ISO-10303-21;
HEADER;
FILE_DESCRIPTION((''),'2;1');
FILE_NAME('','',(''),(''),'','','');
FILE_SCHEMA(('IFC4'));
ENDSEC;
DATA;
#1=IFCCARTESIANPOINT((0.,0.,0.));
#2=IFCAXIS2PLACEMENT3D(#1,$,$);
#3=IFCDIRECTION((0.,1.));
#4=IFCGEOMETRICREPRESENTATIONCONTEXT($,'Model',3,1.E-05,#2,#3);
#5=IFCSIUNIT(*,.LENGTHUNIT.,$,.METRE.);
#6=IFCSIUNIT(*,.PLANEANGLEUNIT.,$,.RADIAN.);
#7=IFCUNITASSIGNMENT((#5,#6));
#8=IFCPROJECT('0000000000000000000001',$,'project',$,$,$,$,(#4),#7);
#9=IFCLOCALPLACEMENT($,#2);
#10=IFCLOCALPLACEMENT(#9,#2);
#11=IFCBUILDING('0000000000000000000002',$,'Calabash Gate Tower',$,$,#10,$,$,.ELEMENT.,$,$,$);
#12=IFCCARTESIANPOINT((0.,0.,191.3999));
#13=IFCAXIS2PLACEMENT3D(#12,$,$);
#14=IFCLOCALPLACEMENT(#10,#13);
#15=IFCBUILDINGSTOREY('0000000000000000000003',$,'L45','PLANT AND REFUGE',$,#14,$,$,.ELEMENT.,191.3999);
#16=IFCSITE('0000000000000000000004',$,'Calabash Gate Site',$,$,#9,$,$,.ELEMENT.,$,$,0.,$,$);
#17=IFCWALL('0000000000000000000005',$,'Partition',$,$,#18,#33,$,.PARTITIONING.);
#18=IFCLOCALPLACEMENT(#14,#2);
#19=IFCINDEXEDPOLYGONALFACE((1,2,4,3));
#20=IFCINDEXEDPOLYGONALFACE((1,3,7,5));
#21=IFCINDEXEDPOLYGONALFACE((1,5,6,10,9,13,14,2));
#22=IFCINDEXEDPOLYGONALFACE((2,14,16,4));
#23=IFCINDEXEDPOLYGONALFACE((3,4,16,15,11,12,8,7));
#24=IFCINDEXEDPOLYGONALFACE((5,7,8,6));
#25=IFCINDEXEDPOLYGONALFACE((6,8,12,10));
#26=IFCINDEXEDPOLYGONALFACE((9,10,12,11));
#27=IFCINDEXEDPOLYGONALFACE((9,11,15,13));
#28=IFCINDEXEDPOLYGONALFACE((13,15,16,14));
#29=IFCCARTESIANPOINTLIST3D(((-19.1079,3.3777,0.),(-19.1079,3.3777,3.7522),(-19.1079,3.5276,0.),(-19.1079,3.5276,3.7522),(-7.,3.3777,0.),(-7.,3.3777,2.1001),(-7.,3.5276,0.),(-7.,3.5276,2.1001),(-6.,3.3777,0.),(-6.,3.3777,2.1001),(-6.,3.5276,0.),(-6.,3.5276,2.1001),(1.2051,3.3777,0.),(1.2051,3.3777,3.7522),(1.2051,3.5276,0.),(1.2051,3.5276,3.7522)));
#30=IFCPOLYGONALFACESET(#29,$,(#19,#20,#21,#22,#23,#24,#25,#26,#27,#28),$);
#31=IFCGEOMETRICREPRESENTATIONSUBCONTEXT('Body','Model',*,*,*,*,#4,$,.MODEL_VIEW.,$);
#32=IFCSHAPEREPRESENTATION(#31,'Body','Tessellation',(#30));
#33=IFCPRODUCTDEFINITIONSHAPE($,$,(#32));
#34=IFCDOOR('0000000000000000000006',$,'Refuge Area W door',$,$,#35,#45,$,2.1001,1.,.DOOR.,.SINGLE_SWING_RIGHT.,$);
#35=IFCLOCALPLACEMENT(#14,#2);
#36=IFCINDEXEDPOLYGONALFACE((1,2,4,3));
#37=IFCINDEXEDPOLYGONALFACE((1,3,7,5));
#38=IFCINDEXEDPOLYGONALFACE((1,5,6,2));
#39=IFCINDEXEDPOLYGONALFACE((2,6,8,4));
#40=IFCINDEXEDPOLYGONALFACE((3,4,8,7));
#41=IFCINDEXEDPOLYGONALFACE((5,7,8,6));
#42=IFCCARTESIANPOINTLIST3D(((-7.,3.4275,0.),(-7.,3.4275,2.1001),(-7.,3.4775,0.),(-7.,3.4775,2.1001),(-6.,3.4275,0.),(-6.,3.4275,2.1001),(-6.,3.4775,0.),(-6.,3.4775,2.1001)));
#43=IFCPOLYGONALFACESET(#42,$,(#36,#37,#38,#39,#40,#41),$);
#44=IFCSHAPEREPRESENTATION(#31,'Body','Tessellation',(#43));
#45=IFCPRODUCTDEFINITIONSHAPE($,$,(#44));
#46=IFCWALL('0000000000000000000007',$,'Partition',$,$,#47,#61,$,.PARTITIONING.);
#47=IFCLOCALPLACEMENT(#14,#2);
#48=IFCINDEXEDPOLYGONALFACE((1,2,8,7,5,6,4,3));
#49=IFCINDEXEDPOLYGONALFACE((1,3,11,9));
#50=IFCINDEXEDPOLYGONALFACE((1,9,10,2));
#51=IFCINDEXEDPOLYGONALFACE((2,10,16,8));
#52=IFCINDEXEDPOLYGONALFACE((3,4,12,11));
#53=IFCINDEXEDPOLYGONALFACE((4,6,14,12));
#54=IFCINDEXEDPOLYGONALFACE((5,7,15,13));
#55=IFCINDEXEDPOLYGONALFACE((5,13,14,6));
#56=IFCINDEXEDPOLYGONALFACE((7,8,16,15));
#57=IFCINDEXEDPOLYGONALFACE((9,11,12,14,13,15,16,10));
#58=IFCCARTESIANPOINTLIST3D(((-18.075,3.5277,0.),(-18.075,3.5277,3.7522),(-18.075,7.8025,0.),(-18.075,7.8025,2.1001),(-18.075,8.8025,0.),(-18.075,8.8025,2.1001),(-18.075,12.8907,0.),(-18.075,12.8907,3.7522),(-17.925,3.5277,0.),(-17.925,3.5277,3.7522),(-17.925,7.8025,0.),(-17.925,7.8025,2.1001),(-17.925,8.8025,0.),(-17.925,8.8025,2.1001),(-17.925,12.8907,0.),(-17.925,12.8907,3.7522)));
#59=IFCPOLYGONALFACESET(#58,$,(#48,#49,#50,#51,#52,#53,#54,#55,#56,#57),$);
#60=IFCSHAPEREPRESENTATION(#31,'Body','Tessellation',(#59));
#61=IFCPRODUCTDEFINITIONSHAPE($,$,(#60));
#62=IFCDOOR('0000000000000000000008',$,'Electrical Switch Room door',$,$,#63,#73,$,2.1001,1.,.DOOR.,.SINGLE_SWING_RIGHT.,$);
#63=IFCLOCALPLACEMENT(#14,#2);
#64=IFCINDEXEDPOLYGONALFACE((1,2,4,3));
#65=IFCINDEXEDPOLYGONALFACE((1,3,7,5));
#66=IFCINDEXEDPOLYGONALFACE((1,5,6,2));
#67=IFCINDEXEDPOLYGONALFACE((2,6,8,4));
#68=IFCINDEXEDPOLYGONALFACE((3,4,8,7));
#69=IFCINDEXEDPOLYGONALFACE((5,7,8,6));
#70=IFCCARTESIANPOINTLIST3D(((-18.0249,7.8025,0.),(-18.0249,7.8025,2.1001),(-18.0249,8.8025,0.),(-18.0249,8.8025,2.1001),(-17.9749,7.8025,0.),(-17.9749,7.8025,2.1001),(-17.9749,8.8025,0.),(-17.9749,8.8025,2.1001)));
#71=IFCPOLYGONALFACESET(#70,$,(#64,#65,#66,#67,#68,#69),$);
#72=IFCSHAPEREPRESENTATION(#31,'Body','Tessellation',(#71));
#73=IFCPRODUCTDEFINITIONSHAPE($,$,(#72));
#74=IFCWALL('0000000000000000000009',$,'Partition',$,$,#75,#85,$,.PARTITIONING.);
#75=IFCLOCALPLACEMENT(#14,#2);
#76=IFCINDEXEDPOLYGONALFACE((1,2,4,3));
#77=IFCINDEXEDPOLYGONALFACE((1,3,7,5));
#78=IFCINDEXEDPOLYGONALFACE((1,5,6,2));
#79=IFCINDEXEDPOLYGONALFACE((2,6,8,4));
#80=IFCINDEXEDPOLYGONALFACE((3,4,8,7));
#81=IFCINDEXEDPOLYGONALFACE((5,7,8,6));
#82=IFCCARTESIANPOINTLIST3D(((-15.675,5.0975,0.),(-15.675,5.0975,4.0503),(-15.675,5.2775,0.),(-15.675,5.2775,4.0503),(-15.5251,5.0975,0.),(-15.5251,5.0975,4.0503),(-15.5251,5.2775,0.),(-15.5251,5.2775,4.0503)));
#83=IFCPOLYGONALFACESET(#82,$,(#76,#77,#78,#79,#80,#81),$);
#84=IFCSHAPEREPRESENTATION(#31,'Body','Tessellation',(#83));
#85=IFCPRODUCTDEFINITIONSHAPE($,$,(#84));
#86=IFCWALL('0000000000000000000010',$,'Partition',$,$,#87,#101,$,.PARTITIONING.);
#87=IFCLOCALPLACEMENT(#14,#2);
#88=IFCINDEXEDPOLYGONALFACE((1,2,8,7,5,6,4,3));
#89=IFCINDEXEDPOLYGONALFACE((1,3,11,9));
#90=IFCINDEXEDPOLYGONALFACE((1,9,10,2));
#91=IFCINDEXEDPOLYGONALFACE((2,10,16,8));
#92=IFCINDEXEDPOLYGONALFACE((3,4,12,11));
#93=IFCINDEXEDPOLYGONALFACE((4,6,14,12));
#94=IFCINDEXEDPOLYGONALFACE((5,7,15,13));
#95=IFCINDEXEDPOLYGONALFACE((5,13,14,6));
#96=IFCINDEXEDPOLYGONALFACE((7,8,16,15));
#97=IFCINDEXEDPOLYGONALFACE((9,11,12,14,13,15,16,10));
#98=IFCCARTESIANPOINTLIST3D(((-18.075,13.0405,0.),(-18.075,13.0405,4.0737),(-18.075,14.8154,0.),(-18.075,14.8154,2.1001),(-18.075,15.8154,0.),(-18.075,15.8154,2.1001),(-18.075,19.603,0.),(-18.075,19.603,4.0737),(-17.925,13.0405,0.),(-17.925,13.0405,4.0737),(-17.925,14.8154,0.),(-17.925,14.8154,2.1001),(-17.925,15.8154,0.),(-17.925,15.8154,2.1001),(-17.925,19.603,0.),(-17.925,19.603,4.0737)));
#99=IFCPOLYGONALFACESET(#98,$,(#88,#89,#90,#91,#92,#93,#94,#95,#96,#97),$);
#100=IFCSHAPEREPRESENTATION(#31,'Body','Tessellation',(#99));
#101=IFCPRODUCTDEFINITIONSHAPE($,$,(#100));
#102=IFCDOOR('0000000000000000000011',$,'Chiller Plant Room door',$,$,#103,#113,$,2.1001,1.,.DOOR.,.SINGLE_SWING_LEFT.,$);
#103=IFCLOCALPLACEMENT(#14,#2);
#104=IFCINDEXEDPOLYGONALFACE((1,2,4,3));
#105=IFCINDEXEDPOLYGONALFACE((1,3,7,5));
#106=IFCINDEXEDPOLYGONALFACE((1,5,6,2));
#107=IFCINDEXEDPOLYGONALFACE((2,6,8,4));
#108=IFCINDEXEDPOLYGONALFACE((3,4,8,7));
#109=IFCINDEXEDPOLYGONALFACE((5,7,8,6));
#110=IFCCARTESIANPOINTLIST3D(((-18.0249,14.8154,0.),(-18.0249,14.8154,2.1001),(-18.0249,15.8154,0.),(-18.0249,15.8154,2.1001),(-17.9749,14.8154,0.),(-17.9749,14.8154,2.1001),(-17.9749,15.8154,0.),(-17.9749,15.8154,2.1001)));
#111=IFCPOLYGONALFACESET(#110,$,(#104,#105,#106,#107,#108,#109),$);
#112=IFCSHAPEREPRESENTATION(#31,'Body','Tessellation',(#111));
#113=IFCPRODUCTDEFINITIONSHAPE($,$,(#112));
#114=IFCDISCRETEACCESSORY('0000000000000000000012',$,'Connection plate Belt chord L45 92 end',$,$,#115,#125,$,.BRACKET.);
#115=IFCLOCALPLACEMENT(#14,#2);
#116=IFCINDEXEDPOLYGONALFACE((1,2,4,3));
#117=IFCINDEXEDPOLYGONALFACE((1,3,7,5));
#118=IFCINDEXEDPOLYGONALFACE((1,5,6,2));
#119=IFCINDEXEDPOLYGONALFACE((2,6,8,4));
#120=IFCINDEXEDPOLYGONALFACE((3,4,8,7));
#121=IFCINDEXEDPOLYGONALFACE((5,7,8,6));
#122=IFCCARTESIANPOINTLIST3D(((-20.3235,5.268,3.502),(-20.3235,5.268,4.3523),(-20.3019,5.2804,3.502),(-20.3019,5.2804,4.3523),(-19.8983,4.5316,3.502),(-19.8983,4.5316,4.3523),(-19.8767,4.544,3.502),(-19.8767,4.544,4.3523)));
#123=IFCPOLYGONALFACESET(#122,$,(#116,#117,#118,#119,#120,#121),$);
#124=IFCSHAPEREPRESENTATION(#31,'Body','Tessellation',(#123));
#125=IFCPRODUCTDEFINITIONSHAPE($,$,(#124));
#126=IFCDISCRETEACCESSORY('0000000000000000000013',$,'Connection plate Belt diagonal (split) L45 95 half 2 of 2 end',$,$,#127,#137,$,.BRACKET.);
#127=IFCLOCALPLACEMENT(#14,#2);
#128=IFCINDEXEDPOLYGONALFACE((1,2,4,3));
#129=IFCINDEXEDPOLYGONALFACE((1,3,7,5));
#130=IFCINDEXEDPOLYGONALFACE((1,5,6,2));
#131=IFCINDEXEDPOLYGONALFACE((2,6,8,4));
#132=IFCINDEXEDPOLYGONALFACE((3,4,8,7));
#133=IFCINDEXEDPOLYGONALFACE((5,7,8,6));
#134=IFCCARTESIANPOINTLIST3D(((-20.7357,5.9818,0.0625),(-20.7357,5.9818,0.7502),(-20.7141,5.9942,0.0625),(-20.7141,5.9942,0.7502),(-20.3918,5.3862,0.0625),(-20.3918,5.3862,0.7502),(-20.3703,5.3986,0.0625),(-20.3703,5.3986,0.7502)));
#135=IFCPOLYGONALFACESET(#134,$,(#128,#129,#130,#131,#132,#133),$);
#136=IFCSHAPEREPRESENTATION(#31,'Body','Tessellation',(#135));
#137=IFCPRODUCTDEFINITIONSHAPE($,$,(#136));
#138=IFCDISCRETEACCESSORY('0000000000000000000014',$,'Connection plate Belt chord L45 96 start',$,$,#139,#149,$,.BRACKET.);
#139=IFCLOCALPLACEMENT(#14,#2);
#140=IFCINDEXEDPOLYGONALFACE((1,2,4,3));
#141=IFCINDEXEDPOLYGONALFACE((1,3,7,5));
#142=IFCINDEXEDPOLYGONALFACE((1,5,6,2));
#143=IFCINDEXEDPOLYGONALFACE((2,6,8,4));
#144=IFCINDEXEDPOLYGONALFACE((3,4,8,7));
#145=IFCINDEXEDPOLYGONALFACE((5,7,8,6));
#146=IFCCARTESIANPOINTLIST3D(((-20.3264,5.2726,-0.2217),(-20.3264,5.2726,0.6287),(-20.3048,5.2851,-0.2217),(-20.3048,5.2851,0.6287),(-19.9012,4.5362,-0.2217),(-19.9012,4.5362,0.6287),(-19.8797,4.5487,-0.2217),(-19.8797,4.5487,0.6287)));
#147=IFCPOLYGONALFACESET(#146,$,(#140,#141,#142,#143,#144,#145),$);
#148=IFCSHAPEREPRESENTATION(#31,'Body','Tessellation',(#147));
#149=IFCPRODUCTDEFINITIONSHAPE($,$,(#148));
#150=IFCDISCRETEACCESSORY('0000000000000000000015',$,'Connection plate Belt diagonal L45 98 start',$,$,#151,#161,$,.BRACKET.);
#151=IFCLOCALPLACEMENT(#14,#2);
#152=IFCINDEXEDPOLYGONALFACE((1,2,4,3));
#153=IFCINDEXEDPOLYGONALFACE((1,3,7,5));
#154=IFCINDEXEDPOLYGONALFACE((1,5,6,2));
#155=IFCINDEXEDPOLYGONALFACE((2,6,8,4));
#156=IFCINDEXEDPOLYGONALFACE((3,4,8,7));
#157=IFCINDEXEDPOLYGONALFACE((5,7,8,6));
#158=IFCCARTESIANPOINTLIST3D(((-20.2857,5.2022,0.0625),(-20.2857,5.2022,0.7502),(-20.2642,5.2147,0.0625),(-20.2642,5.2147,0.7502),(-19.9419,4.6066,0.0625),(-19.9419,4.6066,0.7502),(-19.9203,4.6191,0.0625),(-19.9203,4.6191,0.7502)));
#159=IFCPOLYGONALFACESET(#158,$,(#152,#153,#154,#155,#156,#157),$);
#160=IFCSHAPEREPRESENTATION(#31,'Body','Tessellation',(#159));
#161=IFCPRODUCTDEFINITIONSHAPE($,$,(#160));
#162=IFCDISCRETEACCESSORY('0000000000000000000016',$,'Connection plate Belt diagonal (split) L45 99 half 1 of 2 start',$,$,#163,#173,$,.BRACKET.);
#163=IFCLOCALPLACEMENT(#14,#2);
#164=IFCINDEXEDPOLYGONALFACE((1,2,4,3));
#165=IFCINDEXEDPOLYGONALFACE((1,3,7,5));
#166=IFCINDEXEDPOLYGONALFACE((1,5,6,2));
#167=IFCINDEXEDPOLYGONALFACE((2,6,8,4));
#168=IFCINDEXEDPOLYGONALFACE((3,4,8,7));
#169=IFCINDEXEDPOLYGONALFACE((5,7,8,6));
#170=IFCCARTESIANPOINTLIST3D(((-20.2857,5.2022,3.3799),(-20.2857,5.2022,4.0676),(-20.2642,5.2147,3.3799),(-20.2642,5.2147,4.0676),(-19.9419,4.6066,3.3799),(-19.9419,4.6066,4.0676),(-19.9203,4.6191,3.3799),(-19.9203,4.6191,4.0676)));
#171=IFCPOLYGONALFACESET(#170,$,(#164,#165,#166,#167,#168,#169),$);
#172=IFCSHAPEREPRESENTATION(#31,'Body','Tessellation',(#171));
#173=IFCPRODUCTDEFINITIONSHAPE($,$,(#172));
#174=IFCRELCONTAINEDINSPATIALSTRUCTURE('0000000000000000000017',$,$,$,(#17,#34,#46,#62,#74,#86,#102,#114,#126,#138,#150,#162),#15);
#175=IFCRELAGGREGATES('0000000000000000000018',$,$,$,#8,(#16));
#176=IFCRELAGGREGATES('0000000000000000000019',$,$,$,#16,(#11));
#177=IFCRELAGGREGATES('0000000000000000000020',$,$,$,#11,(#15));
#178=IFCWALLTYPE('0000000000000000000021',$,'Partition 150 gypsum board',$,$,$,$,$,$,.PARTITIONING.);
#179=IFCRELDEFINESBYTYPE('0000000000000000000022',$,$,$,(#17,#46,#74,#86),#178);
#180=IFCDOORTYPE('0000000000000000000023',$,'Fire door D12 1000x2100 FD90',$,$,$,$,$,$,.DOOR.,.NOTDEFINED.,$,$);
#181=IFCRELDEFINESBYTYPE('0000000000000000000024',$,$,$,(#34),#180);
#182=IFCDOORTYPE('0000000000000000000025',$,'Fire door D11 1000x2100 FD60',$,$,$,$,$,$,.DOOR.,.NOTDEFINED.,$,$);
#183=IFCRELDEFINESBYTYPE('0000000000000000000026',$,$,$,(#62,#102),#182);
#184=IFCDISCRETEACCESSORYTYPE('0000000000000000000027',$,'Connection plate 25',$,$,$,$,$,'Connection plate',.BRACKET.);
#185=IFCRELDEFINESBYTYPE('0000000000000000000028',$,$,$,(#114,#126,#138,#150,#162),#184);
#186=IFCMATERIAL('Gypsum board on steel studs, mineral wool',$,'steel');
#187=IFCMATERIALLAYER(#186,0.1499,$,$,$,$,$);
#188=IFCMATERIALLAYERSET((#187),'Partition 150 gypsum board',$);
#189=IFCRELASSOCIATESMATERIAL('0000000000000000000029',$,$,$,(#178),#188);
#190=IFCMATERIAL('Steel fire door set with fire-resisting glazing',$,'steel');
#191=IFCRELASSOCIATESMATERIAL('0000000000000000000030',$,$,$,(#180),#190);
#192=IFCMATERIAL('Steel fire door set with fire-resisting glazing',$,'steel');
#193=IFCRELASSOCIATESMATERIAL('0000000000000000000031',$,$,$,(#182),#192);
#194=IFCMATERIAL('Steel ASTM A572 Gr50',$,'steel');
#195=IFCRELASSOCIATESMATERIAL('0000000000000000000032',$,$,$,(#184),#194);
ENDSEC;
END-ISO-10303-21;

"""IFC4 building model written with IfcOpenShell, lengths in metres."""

from ifc_helpers import new_model, si_unit, direction, frame, frame_2d, origin, origin_2d, place, context, subcontext, project, spatial, rectangle, extrude, material, layer, layer_set, type_object, element, fill, save


model = new_model("IFC4")

# Units and contexts
model_context = context("Model", 3, precision=1e-05, world=origin(), true_north=direction((0.0, 1.0)))
body_context = subcontext(model_context, "Body", "Model", "MODEL_VIEW")
ifc_project = project(units=[si_unit("LENGTHUNIT", "METRE"), si_unit("PLANEANGLEUNIT", "RADIAN")], contexts=[model_context])

# Site, building, storey
site_placement = place(None, origin())
site = spatial("IfcSite", under=ifc_project, at=site_placement, Name="Calabash Gate Site", CompositionType="ELEMENT", RefElevation=0.0)
building_placement = place(site_placement, origin())
building = spatial("IfcBuilding", under=site, at=building_placement, Name="Calabash Gate Tower", CompositionType="ELEMENT")
storey_placement = place(building_placement, frame((0.0, 0.0, 191.3999)))
storey = spatial("IfcBuildingStorey", under=building, at=storey_placement, Name="L45", Description="PLANT AND REFUGE", CompositionType="ELEMENT", Elevation=191.3999)

# Walls, openings, doors
ifc_material_1 = material(Name="Gypsum board on steel studs, mineral wool", Category="steel")
ifc_layer_1 = layer(ifc_material_1, 0.1499)
ifc_layer_set_1 = layer_set([ifc_layer_1], Name="Partition 150 gypsum board")
wall_type_1 = type_object("IfcWallType", Name="Partition 150 gypsum board", PredefinedType="PARTITIONING", material=ifc_layer_set_1)
wall_1_placement = place(storey_placement, frame((-19.1079, 3.4526, 0.0), z_axis=(0.0, 0.0, 1.0), x_axis=(1.0, 0.0, 0.0)))
wall_1 = element("IfcWall", 1, at=wall_1_placement, inside=storey, type_object=wall_type_1, Name="Partition", PredefinedType="PARTITIONING", context=body_context, shape_type="SweptSolid", body=[
    extrude(rectangle(XDim=20.313, YDim=0.1499, at=frame_2d((10.1565, 0.0))), origin(), (0.0, 0.0, 1.0), 3.7522),
])
opening_1_placement = place(wall_1_placement, frame((12.1079, 0.0, 0.0)))
opening_1 = element("IfcOpeningElement", 2, at=opening_1_placement, cuts=wall_1, PredefinedType="OPENING", context=body_context, shape_type="SweptSolid", body=[
    extrude(rectangle(XDim=1.0, YDim=2.1001, at=frame_2d((0.5, 1.05))), frame((0.0, 0.085, 0.0), z_axis=(0.0, -1.0, 0.0), x_axis=(1.0, 0.0, 0.0)), (0.0, 0.0, 1.0), 0.1699),
])
ifc_material_2 = material(Name="Steel fire door set with fire-resisting glazing", Category="steel")
door_type_1 = type_object("IfcDoorType", Name="Fire door D12 1000x2100 FD90", OperationType="NOTDEFINED", PredefinedType="DOOR", material=ifc_material_2)
door_1_placement = place(opening_1_placement, origin())
door_1 = element("IfcDoor", 3, at=door_1_placement, inside=storey, type_object=door_type_1, Name="Refuge Area W door", OperationType="SINGLE_SWING_RIGHT", OverallHeight=2.1001, OverallWidth=1.0, PredefinedType="DOOR", context=body_context, shape_type="SweptSolid", body=[
    extrude(rectangle(XDim=1.0, YDim=2.1001, at=frame_2d((0.5, 1.05))), frame((0.0, 0.0249, 0.0), z_axis=(0.0, -1.0, 0.0), x_axis=(1.0, 0.0, 0.0)), (0.0, 0.0, 1.0), 0.05),
])
fill(opening_1, door_1)
wall_2_placement = place(storey_placement, frame((-18.0, 3.5276, 0.0), z_axis=(0.0, 0.0, 1.0), x_axis=(0.0, 1.0, 0.0)))
wall_2 = element("IfcWall", 4, at=wall_2_placement, inside=storey, type_object=wall_type_1, Name="Partition", PredefinedType="PARTITIONING", context=body_context, shape_type="SweptSolid", body=[
    extrude(rectangle(XDim=9.363, YDim=0.1499, at=frame_2d((4.6816, 0.0))), origin(), (0.0, 0.0, 1.0), 3.7522),
])
opening_2_placement = place(wall_2_placement, frame((4.2749, 0.0, 0.0)))
opening_2 = element("IfcOpeningElement", 5, at=opening_2_placement, cuts=wall_2, PredefinedType="OPENING", context=body_context, shape_type="SweptSolid", body=[
    extrude(rectangle(XDim=1.0, YDim=2.1001, at=frame_2d((0.5, 1.05))), frame((0.0, 0.085, 0.0), z_axis=(0.0, -1.0, 0.0), x_axis=(1.0, 0.0, 0.0)), (0.0, 0.0, 1.0), 0.1699),
])
ifc_material_3 = material(Name="Steel fire door set with fire-resisting glazing", Category="steel")
door_type_2 = type_object("IfcDoorType", Name="Fire door D11 1000x2100 FD60", OperationType="NOTDEFINED", PredefinedType="DOOR", material=ifc_material_3)
door_2_placement = place(opening_2_placement, origin())
door_2 = element("IfcDoor", 6, at=door_2_placement, inside=storey, type_object=door_type_2, Name="Electrical Switch Room door", OperationType="SINGLE_SWING_RIGHT", OverallHeight=2.1001, OverallWidth=1.0, PredefinedType="DOOR", context=body_context, shape_type="SweptSolid", body=[
    extrude(rectangle(XDim=1.0, YDim=2.1001, at=frame_2d((0.5, 1.05))), frame((0.0, 0.0249, 0.0), z_axis=(0.0, -1.0, 0.0), x_axis=(1.0, 0.0, 0.0)), (0.0, 0.0, 1.0), 0.05),
])
fill(opening_2, door_2)

# Wall
wall_3_placement = place(storey_placement, frame((-15.6001, 5.0977, 0.0), z_axis=(0.0, 0.0, 1.0), x_axis=(0.0, 1.0, 0.0)))
element("IfcWall", 7, at=wall_3_placement, inside=storey, type_object=wall_type_1, Name="Partition", PredefinedType="PARTITIONING", context=body_context, shape_type="SweptSolid", body=[
    extrude(rectangle(XDim=0.1799, YDim=0.1499, at=frame_2d((0.0898, 0.0))), origin(), (0.0, 0.0, 1.0), 4.0503),
])

# Wall, opening, door
wall_4_placement = place(storey_placement, frame((-18.0, 13.0405, 0.0), z_axis=(0.0, 0.0, 1.0), x_axis=(0.0, 1.0, 0.0)))
wall_4 = element("IfcWall", 8, at=wall_4_placement, inside=storey, type_object=wall_type_1, Name="Partition", PredefinedType="PARTITIONING", context=body_context, shape_type="SweptSolid", body=[
    extrude(rectangle(XDim=6.5625, YDim=0.1499, at=frame_2d((3.2812, 0.0))), origin(), (0.0, 0.0, 1.0), 4.0737),
])
opening_3_placement = place(wall_4_placement, frame((1.7749, 0.0, 0.0)))
opening_3 = element("IfcOpeningElement", 9, at=opening_3_placement, cuts=wall_4, PredefinedType="OPENING", context=body_context, shape_type="SweptSolid", body=[
    extrude(rectangle(XDim=1.0, YDim=2.1001, at=frame_2d((0.5, 1.05))), frame((0.0, 0.085, 0.0), z_axis=(0.0, -1.0, 0.0), x_axis=(1.0, 0.0, 0.0)), (0.0, 0.0, 1.0), 0.1699),
])
door_3_placement = place(opening_3_placement, origin())
door_3 = element("IfcDoor", 10, at=door_3_placement, inside=storey, type_object=door_type_2, Name="Chiller Plant Room door", OperationType="SINGLE_SWING_LEFT", OverallHeight=2.1001, OverallWidth=1.0, PredefinedType="DOOR", context=body_context, shape_type="SweptSolid", body=[
    extrude(rectangle(XDim=1.0, YDim=2.1001, at=frame_2d((0.5, 1.05))), frame((0.0, 0.0249, 0.0), z_axis=(0.0, -1.0, 0.0), x_axis=(1.0, 0.0, 0.0)), (0.0, 0.0, 1.0), 0.05),
])
fill(opening_3, door_3)

# Discrete accessories
ifc_material_4 = material(Name="Steel ASTM A572 Gr50", Category="steel")
discrete_accessory_type = type_object("IfcDiscreteAccessoryType", Name="Connection plate 25", ElementType="Connection plate", PredefinedType="BRACKET", material=ifc_material_4)
discrete_accessory_1_placement = place(storey_placement, frame((-20.1001, 4.906, 3.502), z_axis=(0.0, 0.0, 1.0), x_axis=(0.500022, -0.866013, 0.0)))
element("IfcDiscreteAccessory", 11, at=discrete_accessory_1_placement, inside=storey, type_object=discrete_accessory_type, Name="Connection plate Belt chord L45 92 end", PredefinedType="BRACKET", context=body_context, shape_type="SweptSolid", body=[
    extrude(rectangle(XDim=0.8503, YDim=0.0249, at=origin_2d()), origin(), (0.0, 0.0, 1.0), 0.8503),
])
discrete_accessory_2_placement = place(storey_placement, frame((-20.553, 5.6902, 0.0625), z_axis=(0.0, 0.0, 1.0), x_axis=(0.5, -0.866025, 0.0)))
element("IfcDiscreteAccessory", 12, at=discrete_accessory_2_placement, inside=storey, type_object=discrete_accessory_type, Name="Connection plate Belt diagonal (split) L45 95 half 2 of 2 end", PredefinedType="BRACKET", context=body_context, shape_type="SweptSolid", body=[
    extrude(rectangle(XDim=0.6877, YDim=0.0249, at=origin_2d()), origin(), (0.0, 0.0, 1.0), 0.6877),
])
discrete_accessory_3_placement = place(storey_placement, frame((-20.103, 4.9106, -0.2217), z_axis=(0.0, 0.0, 1.0), x_axis=(0.5, -0.866025, 0.0)))
element("IfcDiscreteAccessory", 13, at=discrete_accessory_3_placement, inside=storey, type_object=discrete_accessory_type, Name="Connection plate Belt chord L45 96 start", PredefinedType="BRACKET", context=body_context, shape_type="SweptSolid", body=[
    extrude(rectangle(XDim=0.8503, YDim=0.0249, at=origin_2d()), origin(), (0.0, 0.0, 1.0), 0.8503),
])
for number, where, z_axis, x_axis, name in (
    (14, (-20.103, 4.9106, 0.0625), (0.0, 0.0, 1.0), (0.5, -0.866025, 0.0), "Connection plate Belt diagonal L45 98 start"),
    (15, (-20.103, 4.9106, 3.3799), (0.0, 0.0, 1.0), (0.5, -0.866025, 0.0), "Connection plate Belt diagonal (split) L45 99 half 1 of 2 start"),
):
    element("IfcDiscreteAccessory", number, at=place(storey_placement, frame(where, z_axis=z_axis, x_axis=x_axis)), inside=storey, type_object=discrete_accessory_type, Name=name, PredefinedType="BRACKET", context=body_context, shape_type="SweptSolid", body=[
        extrude(rectangle(XDim=0.6877, YDim=0.0249, at=origin_2d()), origin(), (0.0, 0.0, 1.0), 0.6877),
    ])

save(model, "model.ifc")
